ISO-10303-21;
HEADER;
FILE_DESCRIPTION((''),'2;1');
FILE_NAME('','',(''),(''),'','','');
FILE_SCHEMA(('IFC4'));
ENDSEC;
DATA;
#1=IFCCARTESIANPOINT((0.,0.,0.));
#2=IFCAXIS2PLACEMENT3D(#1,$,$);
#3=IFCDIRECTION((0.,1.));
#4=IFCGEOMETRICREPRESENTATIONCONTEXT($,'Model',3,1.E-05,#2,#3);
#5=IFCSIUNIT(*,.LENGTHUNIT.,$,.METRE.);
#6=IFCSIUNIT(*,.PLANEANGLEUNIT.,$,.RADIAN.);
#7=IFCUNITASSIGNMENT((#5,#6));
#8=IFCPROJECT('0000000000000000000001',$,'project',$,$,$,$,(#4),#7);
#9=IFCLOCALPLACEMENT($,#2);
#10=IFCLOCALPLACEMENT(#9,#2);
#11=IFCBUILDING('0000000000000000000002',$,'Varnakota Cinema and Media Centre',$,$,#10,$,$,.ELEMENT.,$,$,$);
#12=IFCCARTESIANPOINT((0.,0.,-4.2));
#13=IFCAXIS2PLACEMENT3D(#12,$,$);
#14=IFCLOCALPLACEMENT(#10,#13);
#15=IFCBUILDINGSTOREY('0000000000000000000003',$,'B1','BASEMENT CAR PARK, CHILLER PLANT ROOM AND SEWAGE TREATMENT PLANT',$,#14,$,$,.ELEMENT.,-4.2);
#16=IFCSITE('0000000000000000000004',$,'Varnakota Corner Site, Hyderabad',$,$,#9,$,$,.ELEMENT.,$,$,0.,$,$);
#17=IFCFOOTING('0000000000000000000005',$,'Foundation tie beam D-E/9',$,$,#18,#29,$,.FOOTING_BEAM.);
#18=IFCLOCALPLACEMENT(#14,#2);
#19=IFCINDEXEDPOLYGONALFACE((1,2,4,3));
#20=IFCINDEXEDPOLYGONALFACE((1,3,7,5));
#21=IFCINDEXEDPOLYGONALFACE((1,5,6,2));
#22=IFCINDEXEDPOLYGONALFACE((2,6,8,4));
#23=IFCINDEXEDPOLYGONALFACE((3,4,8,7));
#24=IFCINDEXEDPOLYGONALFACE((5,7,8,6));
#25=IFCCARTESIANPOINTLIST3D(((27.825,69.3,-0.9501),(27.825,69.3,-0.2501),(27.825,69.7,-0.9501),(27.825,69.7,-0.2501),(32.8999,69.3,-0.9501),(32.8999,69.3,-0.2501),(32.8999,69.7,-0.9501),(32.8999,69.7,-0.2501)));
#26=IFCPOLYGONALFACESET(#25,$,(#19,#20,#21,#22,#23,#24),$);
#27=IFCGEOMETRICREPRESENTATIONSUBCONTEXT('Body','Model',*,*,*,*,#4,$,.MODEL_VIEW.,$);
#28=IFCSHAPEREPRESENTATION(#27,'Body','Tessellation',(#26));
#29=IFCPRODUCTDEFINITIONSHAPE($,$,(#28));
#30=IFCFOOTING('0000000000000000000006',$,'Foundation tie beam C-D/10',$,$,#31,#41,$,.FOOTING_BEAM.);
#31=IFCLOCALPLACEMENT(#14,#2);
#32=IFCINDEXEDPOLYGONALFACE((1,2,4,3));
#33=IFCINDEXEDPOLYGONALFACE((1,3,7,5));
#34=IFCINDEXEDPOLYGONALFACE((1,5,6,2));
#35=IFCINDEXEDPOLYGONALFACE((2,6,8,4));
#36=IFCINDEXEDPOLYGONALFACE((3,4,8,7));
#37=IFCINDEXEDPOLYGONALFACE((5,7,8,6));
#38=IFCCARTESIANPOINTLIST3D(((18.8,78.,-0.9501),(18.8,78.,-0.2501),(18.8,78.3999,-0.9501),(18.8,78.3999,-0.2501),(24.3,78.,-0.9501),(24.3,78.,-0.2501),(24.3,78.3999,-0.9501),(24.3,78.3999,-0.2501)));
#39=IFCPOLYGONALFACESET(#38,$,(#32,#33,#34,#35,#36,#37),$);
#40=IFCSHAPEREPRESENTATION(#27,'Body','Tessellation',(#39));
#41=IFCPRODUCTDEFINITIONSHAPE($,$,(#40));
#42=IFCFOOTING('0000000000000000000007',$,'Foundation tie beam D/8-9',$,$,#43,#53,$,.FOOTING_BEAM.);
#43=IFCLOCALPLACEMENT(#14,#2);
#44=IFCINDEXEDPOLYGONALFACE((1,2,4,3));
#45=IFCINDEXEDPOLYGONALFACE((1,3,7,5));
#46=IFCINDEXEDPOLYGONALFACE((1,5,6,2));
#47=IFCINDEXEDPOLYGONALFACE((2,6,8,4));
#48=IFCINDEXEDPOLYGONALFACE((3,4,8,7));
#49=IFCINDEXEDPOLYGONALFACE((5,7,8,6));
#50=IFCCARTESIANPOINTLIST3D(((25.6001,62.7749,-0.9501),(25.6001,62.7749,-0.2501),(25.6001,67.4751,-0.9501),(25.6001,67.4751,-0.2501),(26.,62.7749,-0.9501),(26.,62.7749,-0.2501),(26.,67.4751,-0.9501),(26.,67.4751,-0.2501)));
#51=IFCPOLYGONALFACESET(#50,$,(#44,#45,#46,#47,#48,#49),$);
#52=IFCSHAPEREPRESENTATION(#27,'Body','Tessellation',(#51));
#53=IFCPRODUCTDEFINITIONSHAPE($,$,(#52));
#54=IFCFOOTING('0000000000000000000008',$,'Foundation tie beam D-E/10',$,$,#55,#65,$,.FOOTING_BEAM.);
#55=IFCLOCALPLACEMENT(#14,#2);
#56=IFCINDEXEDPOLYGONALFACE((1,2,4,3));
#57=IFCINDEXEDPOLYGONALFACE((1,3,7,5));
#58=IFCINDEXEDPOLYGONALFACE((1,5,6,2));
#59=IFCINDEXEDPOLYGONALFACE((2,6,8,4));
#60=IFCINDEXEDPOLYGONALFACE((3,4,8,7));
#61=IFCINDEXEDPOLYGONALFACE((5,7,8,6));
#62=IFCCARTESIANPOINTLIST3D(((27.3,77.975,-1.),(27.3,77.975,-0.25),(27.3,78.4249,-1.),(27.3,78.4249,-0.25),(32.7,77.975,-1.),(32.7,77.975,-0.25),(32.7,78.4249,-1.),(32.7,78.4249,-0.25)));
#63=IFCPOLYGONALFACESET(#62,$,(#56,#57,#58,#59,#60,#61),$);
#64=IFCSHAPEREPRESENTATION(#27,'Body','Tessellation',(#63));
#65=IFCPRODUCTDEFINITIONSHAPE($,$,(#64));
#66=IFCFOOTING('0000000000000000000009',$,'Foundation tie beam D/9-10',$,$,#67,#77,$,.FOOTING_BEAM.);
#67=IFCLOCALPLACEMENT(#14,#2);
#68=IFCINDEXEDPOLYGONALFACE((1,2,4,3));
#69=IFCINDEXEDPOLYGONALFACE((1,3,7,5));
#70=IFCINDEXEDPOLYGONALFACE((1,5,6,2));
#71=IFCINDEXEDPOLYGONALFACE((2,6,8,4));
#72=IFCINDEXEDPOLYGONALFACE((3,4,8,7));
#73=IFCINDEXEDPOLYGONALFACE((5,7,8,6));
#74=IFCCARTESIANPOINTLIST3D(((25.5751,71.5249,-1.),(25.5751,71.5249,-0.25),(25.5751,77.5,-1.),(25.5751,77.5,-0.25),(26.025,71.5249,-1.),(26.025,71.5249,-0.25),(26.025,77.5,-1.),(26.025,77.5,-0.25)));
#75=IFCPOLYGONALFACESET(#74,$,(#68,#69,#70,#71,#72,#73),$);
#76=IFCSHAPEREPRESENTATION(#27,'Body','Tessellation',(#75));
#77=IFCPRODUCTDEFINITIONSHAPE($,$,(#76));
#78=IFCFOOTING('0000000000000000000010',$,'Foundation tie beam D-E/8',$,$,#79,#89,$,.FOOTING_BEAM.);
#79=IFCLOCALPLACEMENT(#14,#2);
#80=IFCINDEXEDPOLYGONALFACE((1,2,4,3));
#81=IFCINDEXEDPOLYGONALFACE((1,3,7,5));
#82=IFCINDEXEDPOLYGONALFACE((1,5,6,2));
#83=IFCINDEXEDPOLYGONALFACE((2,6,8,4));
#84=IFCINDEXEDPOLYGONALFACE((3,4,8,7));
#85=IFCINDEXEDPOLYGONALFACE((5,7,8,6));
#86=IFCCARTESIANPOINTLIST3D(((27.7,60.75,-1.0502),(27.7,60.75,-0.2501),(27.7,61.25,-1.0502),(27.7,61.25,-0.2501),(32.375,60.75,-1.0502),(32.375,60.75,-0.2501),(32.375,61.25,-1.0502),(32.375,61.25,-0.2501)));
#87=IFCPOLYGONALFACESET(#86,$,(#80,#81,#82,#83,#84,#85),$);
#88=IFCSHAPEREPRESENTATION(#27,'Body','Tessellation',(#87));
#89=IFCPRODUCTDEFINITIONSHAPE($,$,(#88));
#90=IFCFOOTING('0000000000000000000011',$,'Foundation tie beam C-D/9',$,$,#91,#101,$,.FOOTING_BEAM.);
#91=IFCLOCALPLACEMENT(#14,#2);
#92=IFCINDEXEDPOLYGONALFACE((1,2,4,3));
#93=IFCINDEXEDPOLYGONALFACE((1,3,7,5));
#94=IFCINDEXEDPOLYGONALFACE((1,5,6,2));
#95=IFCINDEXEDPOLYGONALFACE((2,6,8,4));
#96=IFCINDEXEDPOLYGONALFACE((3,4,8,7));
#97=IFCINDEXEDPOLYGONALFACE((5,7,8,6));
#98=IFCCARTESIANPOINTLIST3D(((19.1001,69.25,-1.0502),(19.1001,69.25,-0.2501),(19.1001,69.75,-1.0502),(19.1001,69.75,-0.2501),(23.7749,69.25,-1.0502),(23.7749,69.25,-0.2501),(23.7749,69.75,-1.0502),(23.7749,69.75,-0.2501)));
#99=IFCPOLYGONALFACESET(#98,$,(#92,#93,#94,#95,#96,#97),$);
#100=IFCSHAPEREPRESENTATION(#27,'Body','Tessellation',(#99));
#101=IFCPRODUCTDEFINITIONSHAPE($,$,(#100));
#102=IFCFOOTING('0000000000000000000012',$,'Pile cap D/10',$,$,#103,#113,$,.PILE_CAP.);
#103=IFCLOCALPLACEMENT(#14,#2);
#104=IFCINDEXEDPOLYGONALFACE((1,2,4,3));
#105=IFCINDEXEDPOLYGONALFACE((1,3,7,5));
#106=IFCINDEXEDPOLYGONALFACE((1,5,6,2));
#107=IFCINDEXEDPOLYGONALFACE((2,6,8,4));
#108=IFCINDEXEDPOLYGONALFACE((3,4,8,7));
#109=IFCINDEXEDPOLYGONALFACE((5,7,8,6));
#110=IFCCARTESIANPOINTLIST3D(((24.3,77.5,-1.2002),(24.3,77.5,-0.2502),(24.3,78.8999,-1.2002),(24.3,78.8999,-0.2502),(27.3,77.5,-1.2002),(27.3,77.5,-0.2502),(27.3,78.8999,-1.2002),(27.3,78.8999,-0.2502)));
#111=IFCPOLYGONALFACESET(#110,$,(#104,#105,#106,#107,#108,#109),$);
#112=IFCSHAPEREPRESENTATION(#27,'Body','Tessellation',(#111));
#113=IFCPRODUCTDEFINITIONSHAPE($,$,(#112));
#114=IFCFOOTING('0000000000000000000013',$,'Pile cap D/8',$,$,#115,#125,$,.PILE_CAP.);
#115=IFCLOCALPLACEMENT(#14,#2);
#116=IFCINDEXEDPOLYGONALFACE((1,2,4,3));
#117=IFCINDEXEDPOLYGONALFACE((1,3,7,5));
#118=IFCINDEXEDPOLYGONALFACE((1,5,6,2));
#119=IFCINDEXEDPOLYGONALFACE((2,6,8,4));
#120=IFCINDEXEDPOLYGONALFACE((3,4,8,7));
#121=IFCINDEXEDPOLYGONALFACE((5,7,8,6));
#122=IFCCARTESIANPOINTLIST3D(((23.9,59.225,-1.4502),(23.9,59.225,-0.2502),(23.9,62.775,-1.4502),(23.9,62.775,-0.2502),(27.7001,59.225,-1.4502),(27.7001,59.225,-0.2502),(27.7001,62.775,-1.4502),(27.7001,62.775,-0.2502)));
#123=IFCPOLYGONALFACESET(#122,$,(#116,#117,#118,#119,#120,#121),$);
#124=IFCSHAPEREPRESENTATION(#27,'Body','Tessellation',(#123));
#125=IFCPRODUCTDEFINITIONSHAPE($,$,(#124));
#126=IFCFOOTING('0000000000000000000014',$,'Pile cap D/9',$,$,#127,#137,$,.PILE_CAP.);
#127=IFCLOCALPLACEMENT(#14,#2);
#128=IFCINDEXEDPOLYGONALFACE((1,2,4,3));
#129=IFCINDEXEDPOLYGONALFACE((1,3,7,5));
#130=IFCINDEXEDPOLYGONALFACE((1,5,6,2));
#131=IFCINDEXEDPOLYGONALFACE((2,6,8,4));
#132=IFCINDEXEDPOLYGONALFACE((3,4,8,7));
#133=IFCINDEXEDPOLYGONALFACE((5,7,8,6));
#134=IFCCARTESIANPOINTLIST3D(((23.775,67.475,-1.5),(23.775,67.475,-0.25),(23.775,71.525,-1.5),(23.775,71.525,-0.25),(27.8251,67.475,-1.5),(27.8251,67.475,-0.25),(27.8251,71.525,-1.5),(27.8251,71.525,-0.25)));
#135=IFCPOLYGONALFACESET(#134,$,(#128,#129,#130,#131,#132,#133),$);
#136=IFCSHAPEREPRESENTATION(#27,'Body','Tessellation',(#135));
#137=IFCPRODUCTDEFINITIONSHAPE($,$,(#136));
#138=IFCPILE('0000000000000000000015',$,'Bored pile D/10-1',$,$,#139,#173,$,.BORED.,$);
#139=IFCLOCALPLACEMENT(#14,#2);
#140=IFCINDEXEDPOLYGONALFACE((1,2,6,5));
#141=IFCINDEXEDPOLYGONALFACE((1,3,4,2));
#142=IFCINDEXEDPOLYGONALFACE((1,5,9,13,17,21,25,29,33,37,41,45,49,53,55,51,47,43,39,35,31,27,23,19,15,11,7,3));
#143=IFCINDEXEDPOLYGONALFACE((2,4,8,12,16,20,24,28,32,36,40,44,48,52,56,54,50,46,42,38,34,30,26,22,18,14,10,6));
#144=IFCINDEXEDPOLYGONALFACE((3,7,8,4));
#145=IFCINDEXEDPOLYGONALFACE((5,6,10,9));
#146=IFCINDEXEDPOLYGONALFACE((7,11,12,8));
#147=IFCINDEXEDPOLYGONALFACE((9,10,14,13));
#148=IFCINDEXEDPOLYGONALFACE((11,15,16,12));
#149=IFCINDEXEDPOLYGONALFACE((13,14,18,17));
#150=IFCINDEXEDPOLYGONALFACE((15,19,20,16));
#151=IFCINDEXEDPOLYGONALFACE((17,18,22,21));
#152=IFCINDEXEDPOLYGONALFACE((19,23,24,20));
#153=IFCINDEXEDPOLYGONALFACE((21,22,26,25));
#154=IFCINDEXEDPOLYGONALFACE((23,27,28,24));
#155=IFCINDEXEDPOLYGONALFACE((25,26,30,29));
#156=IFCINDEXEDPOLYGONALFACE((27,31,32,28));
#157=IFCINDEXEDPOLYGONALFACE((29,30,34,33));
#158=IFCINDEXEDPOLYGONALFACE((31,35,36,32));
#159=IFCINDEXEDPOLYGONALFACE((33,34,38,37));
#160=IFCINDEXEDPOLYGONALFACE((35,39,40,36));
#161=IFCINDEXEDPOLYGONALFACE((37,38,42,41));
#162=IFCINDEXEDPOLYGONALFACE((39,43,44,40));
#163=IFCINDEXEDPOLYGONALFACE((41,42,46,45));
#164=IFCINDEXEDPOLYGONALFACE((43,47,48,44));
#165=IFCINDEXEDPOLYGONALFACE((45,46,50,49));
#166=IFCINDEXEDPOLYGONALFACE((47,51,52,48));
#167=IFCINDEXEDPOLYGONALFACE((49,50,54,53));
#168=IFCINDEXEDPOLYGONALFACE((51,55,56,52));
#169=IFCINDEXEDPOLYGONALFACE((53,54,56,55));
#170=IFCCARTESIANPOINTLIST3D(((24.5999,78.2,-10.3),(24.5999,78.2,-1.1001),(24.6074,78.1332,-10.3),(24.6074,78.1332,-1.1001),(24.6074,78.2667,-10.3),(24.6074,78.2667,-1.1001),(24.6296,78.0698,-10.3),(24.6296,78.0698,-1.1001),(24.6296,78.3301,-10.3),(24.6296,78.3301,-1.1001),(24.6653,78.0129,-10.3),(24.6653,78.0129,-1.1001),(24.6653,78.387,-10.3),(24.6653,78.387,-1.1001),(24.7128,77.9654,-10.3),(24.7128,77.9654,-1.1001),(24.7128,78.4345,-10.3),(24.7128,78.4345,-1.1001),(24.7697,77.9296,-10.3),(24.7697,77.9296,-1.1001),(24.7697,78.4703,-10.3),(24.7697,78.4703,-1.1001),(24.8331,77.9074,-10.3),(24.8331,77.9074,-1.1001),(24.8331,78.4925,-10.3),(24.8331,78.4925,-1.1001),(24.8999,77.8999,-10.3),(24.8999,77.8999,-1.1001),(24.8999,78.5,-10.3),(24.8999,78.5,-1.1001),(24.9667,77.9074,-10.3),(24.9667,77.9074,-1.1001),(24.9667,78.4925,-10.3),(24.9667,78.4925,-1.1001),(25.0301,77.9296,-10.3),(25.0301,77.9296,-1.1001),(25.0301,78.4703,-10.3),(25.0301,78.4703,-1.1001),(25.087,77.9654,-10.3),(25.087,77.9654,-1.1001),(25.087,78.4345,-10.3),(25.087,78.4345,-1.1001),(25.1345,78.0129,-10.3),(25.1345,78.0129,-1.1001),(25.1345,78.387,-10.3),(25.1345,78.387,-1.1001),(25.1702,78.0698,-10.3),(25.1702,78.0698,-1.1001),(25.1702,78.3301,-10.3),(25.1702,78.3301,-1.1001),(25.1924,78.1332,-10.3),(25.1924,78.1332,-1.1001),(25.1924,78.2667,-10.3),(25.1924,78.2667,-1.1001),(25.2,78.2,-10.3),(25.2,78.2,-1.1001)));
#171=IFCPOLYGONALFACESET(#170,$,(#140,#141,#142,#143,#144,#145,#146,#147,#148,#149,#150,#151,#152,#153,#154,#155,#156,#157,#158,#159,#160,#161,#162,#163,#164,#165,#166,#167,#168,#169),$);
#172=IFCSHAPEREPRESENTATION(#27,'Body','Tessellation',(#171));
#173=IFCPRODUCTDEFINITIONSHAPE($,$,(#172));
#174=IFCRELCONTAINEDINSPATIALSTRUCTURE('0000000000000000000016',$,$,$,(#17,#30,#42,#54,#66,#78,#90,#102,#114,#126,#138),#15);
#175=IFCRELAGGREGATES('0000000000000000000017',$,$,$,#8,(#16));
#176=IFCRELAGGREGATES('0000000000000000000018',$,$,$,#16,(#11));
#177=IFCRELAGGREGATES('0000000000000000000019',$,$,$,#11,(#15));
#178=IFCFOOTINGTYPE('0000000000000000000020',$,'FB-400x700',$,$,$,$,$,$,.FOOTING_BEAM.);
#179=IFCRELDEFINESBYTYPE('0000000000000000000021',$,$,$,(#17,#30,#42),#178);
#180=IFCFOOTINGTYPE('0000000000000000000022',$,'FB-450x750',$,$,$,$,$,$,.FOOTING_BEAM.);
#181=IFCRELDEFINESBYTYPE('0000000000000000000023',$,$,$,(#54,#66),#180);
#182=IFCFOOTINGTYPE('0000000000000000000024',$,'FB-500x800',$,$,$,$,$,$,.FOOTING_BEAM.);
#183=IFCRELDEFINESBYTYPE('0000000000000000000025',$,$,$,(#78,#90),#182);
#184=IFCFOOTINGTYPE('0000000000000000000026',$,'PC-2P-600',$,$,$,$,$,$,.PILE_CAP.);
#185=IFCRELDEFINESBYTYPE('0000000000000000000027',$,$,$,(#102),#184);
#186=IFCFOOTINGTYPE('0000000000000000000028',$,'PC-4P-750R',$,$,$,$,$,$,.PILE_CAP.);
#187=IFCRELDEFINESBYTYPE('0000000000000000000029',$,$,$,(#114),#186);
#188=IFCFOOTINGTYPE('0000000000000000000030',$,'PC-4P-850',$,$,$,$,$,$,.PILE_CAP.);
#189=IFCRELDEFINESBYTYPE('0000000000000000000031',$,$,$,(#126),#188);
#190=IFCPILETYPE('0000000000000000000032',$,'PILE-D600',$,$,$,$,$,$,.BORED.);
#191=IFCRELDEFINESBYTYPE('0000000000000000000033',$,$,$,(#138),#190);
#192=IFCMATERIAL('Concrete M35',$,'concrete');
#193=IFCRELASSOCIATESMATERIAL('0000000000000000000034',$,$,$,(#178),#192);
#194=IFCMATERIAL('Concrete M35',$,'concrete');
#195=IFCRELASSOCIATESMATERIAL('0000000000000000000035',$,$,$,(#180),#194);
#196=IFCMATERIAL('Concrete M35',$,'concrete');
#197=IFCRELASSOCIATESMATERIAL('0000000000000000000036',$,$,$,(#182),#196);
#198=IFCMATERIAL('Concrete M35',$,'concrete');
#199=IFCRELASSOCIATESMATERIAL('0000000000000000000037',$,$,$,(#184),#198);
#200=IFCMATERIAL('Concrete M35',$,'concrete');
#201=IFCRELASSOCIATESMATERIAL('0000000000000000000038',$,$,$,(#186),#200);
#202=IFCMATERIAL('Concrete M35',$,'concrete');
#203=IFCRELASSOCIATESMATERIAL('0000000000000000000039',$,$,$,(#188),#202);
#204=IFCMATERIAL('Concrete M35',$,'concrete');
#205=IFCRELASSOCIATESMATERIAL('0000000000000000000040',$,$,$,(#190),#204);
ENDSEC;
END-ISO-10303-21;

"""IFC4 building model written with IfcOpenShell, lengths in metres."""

from ifc_helpers import new_model, si_unit, direction, frame, origin, origin_2d, place, context, subcontext, project, spatial, rectangle, circle, extrude, material, material_profile, profile_set, type_object, element, save


model = new_model("IFC4")

# Units and contexts
model_context = context("Model", 3, precision=1e-05, world=origin(), true_north=direction((0.0, 1.0)))
body_context = subcontext(model_context, "Body", "Model", "MODEL_VIEW")
ifc_project = project(units=[si_unit("LENGTHUNIT", "METRE"), si_unit("PLANEANGLEUNIT", "RADIAN")], contexts=[model_context])

# Site, building, storey
site_placement = place(None, origin())
site = spatial("IfcSite", under=ifc_project, at=site_placement, Name="Varnakota Corner Site, Hyderabad", CompositionType="ELEMENT", RefElevation=0.0)
building_placement = place(site_placement, origin())
building = spatial("IfcBuilding", under=site, at=building_placement, Name="Varnakota Cinema and Media Centre", CompositionType="ELEMENT")
storey_placement = place(building_placement, frame((0.0, 0.0, -4.2)))
storey = spatial("IfcBuildingStorey", under=building, at=storey_placement, Name="B1", Description="BASEMENT CAR PARK, CHILLER PLANT ROOM AND SEWAGE TREATMENT PLANT", CompositionType="ELEMENT", Elevation=-4.2)

# Footings
ifc_material_1 = material(Name="Concrete M35", Category="concrete")
ifc_material_profile_1 = material_profile(ifc_material_1, rectangle(XDim=0.3999, YDim=0.7, at=origin_2d()), Name="FB 400x700")
ifc_profile_set_1 = profile_set([ifc_material_profile_1], Name="Concrete M35")
footing_type_1 = type_object("IfcFootingType", Name="FB-400x700", PredefinedType="FOOTING_BEAM", material=ifc_profile_set_1)
footing_1_placement = place(storey_placement, frame((27.825, 69.5, -0.6001), z_axis=(1.0, 0.0, 0.0), x_axis=(0.0, 1.0, 0.0)))
element("IfcFooting", 1, at=footing_1_placement, inside=storey, type_object=footing_type_1, Name="Foundation tie beam D-E/9", PredefinedType="FOOTING_BEAM", context=body_context, shape_type="SweptSolid", body=[
    extrude(rectangle(XDim=0.3999, YDim=0.7, at=origin_2d()), origin(), (0.0, 0.0, 1.0), 5.075),
])
footing_2_placement = place(storey_placement, frame((18.8, 78.2, -0.6001), z_axis=(1.0, 0.0, 0.0), x_axis=(0.0, 1.0, 0.0)))
element("IfcFooting", 2, at=footing_2_placement, inside=storey, type_object=footing_type_1, Name="Foundation tie beam C-D/10", PredefinedType="FOOTING_BEAM", context=body_context, shape_type="SweptSolid", body=[
    extrude(rectangle(XDim=0.3999, YDim=0.7, at=origin_2d()), origin(), (0.0, 0.0, 1.0), 5.5),
])
footing_3_placement = place(storey_placement, frame((25.8, 62.7749, -0.6001), z_axis=(0.0, 1.0, 0.0), x_axis=(-1.0, 0.0, 0.0)))
element("IfcFooting", 3, at=footing_3_placement, inside=storey, type_object=footing_type_1, Name="Foundation tie beam D/8-9", PredefinedType="FOOTING_BEAM", context=body_context, shape_type="SweptSolid", body=[
    extrude(rectangle(XDim=0.3999, YDim=0.7, at=origin_2d()), origin(), (0.0, 0.0, 1.0), 4.7002),
])
ifc_material_2 = material(Name="Concrete M35", Category="concrete")
ifc_material_profile_2 = material_profile(ifc_material_2, rectangle(XDim=0.45, YDim=0.75, at=origin_2d()), Name="FB 450x750")
ifc_profile_set_2 = profile_set([ifc_material_profile_2], Name="Concrete M35")
footing_type_2 = type_object("IfcFootingType", Name="FB-450x750", PredefinedType="FOOTING_BEAM", material=ifc_profile_set_2)
footing_4_placement = place(storey_placement, frame((27.3, 78.2, -0.625), z_axis=(1.0, 0.0, 0.0), x_axis=(0.0, 1.0, 0.0)))
element("IfcFooting", 4, at=footing_4_placement, inside=storey, type_object=footing_type_2, Name="Foundation tie beam D-E/10", PredefinedType="FOOTING_BEAM", context=body_context, shape_type="SweptSolid", body=[
    extrude(rectangle(XDim=0.45, YDim=0.75, at=origin_2d()), origin(), (0.0, 0.0, 1.0), 5.3999),
])
footing_5_placement = place(storey_placement, frame((25.8, 71.5249, -0.625), z_axis=(0.0, 1.0, 0.0), x_axis=(-1.0, 0.0, 0.0)))
element("IfcFooting", 5, at=footing_5_placement, inside=storey, type_object=footing_type_2, Name="Foundation tie beam D/9-10", PredefinedType="FOOTING_BEAM", context=body_context, shape_type="SweptSolid", body=[
    extrude(rectangle(XDim=0.45, YDim=0.75, at=origin_2d()), origin(), (0.0, 0.0, 1.0), 5.9751),
])
ifc_material_3 = material(Name="Concrete M35", Category="concrete")
ifc_material_profile_3 = material_profile(ifc_material_3, rectangle(XDim=0.5, YDim=0.8, at=origin_2d()), Name="FB 500x800")
ifc_profile_set_3 = profile_set([ifc_material_profile_3], Name="Concrete M35")
footing_type_3 = type_object("IfcFootingType", Name="FB-500x800", PredefinedType="FOOTING_BEAM", material=ifc_profile_set_3)
footing_6_placement = place(storey_placement, frame((27.7, 61.0, -0.6501), z_axis=(1.0, 0.0, 0.0), x_axis=(0.0, 1.0, 0.0)))
element("IfcFooting", 6, at=footing_6_placement, inside=storey, type_object=footing_type_3, Name="Foundation tie beam D-E/8", PredefinedType="FOOTING_BEAM", context=body_context, shape_type="SweptSolid", body=[
    extrude(rectangle(XDim=0.5, YDim=0.8, at=origin_2d()), origin(), (0.0, 0.0, 1.0), 4.675),
])
footing_7_placement = place(storey_placement, frame((19.1001, 69.5, -0.6501), z_axis=(1.0, 0.0, 0.0), x_axis=(0.0, 1.0, 0.0)))
element("IfcFooting", 7, at=footing_7_placement, inside=storey, type_object=footing_type_3, Name="Foundation tie beam C-D/9", PredefinedType="FOOTING_BEAM", context=body_context, shape_type="SweptSolid", body=[
    extrude(rectangle(XDim=0.5, YDim=0.8, at=origin_2d()), origin(), (0.0, 0.0, 1.0), 4.6748),
])
ifc_material_4 = material(Name="Concrete M35", Category="concrete")
footing_type_4 = type_object("IfcFootingType", Name="PC-2P-600", PredefinedType="PILE_CAP", material=ifc_material_4)
footing_8_placement = place(storey_placement, frame((25.8, 78.2, -1.2002), z_axis=(0.0, 0.0, 1.0), x_axis=(1.0, 0.0, 0.0)))
element("IfcFooting", 8, at=footing_8_placement, inside=storey, type_object=footing_type_4, Name="Pile cap D/10", PredefinedType="PILE_CAP", context=body_context, shape_type="SweptSolid", body=[
    extrude(rectangle(XDim=3.0, YDim=1.3999, at=origin_2d()), origin(), (0.0, 0.0, 1.0), 0.95),
])
ifc_material_5 = material(Name="Concrete M35", Category="concrete")
footing_type_5 = type_object("IfcFootingType", Name="PC-4P-750R", PredefinedType="PILE_CAP", material=ifc_material_5)
footing_9_placement = place(storey_placement, frame((25.8, 61.0, -1.4502), z_axis=(0.0, 0.0, 1.0), x_axis=(1.0, 0.0, 0.0)))
element("IfcFooting", 9, at=footing_9_placement, inside=storey, type_object=footing_type_5, Name="Pile cap D/8", PredefinedType="PILE_CAP", context=body_context, shape_type="SweptSolid", body=[
    extrude(rectangle(XDim=3.8, YDim=3.55, at=origin_2d()), origin(), (0.0, 0.0, 1.0), 1.2),
])
ifc_material_6 = material(Name="Concrete M35", Category="concrete")
footing_type_6 = type_object("IfcFootingType", Name="PC-4P-850", PredefinedType="PILE_CAP", material=ifc_material_6)
footing_10_placement = place(storey_placement, frame((25.8, 69.5, -1.5), z_axis=(0.0, 0.0, 1.0), x_axis=(1.0, 0.0, 0.0)))
element("IfcFooting", 10, at=footing_10_placement, inside=storey, type_object=footing_type_6, Name="Pile cap D/9", PredefinedType="PILE_CAP", context=body_context, shape_type="SweptSolid", body=[
    extrude(rectangle(XDim=4.05, YDim=4.05, at=origin_2d()), origin(), (0.0, 0.0, 1.0), 1.25),
])

# Pile
ifc_material_7 = material(Name="Concrete M35", Category="concrete")
ifc_material_profile_4 = material_profile(ifc_material_7, circle(Radius=0.3, at=origin_2d()), Name="PILE D600")
ifc_profile_set_4 = profile_set([ifc_material_profile_4], Name="Concrete M35")
pile_type_1 = type_object("IfcPileType", Name="PILE-D600", PredefinedType="BORED", material=ifc_profile_set_4)
for number, where, z_axis, x_axis, name in (
    (11, (24.8999, 78.2, -1.1001), (0.0, 0.0, -1.0), (1.0, 0.0, 0.0), "Bored pile D/10-1"),
):
    element("IfcPile", number, at=place(storey_placement, frame(where, z_axis=z_axis, x_axis=x_axis)), inside=storey, type_object=pile_type_1, Name=name, PredefinedType="BORED", context=body_context, shape_type="SweptSolid", body=[
        extrude(circle(Radius=0.3, at=origin_2d()), origin(), (0.0, 0.0, 1.0), 9.2),
    ])

save(model, "model.ifc")
